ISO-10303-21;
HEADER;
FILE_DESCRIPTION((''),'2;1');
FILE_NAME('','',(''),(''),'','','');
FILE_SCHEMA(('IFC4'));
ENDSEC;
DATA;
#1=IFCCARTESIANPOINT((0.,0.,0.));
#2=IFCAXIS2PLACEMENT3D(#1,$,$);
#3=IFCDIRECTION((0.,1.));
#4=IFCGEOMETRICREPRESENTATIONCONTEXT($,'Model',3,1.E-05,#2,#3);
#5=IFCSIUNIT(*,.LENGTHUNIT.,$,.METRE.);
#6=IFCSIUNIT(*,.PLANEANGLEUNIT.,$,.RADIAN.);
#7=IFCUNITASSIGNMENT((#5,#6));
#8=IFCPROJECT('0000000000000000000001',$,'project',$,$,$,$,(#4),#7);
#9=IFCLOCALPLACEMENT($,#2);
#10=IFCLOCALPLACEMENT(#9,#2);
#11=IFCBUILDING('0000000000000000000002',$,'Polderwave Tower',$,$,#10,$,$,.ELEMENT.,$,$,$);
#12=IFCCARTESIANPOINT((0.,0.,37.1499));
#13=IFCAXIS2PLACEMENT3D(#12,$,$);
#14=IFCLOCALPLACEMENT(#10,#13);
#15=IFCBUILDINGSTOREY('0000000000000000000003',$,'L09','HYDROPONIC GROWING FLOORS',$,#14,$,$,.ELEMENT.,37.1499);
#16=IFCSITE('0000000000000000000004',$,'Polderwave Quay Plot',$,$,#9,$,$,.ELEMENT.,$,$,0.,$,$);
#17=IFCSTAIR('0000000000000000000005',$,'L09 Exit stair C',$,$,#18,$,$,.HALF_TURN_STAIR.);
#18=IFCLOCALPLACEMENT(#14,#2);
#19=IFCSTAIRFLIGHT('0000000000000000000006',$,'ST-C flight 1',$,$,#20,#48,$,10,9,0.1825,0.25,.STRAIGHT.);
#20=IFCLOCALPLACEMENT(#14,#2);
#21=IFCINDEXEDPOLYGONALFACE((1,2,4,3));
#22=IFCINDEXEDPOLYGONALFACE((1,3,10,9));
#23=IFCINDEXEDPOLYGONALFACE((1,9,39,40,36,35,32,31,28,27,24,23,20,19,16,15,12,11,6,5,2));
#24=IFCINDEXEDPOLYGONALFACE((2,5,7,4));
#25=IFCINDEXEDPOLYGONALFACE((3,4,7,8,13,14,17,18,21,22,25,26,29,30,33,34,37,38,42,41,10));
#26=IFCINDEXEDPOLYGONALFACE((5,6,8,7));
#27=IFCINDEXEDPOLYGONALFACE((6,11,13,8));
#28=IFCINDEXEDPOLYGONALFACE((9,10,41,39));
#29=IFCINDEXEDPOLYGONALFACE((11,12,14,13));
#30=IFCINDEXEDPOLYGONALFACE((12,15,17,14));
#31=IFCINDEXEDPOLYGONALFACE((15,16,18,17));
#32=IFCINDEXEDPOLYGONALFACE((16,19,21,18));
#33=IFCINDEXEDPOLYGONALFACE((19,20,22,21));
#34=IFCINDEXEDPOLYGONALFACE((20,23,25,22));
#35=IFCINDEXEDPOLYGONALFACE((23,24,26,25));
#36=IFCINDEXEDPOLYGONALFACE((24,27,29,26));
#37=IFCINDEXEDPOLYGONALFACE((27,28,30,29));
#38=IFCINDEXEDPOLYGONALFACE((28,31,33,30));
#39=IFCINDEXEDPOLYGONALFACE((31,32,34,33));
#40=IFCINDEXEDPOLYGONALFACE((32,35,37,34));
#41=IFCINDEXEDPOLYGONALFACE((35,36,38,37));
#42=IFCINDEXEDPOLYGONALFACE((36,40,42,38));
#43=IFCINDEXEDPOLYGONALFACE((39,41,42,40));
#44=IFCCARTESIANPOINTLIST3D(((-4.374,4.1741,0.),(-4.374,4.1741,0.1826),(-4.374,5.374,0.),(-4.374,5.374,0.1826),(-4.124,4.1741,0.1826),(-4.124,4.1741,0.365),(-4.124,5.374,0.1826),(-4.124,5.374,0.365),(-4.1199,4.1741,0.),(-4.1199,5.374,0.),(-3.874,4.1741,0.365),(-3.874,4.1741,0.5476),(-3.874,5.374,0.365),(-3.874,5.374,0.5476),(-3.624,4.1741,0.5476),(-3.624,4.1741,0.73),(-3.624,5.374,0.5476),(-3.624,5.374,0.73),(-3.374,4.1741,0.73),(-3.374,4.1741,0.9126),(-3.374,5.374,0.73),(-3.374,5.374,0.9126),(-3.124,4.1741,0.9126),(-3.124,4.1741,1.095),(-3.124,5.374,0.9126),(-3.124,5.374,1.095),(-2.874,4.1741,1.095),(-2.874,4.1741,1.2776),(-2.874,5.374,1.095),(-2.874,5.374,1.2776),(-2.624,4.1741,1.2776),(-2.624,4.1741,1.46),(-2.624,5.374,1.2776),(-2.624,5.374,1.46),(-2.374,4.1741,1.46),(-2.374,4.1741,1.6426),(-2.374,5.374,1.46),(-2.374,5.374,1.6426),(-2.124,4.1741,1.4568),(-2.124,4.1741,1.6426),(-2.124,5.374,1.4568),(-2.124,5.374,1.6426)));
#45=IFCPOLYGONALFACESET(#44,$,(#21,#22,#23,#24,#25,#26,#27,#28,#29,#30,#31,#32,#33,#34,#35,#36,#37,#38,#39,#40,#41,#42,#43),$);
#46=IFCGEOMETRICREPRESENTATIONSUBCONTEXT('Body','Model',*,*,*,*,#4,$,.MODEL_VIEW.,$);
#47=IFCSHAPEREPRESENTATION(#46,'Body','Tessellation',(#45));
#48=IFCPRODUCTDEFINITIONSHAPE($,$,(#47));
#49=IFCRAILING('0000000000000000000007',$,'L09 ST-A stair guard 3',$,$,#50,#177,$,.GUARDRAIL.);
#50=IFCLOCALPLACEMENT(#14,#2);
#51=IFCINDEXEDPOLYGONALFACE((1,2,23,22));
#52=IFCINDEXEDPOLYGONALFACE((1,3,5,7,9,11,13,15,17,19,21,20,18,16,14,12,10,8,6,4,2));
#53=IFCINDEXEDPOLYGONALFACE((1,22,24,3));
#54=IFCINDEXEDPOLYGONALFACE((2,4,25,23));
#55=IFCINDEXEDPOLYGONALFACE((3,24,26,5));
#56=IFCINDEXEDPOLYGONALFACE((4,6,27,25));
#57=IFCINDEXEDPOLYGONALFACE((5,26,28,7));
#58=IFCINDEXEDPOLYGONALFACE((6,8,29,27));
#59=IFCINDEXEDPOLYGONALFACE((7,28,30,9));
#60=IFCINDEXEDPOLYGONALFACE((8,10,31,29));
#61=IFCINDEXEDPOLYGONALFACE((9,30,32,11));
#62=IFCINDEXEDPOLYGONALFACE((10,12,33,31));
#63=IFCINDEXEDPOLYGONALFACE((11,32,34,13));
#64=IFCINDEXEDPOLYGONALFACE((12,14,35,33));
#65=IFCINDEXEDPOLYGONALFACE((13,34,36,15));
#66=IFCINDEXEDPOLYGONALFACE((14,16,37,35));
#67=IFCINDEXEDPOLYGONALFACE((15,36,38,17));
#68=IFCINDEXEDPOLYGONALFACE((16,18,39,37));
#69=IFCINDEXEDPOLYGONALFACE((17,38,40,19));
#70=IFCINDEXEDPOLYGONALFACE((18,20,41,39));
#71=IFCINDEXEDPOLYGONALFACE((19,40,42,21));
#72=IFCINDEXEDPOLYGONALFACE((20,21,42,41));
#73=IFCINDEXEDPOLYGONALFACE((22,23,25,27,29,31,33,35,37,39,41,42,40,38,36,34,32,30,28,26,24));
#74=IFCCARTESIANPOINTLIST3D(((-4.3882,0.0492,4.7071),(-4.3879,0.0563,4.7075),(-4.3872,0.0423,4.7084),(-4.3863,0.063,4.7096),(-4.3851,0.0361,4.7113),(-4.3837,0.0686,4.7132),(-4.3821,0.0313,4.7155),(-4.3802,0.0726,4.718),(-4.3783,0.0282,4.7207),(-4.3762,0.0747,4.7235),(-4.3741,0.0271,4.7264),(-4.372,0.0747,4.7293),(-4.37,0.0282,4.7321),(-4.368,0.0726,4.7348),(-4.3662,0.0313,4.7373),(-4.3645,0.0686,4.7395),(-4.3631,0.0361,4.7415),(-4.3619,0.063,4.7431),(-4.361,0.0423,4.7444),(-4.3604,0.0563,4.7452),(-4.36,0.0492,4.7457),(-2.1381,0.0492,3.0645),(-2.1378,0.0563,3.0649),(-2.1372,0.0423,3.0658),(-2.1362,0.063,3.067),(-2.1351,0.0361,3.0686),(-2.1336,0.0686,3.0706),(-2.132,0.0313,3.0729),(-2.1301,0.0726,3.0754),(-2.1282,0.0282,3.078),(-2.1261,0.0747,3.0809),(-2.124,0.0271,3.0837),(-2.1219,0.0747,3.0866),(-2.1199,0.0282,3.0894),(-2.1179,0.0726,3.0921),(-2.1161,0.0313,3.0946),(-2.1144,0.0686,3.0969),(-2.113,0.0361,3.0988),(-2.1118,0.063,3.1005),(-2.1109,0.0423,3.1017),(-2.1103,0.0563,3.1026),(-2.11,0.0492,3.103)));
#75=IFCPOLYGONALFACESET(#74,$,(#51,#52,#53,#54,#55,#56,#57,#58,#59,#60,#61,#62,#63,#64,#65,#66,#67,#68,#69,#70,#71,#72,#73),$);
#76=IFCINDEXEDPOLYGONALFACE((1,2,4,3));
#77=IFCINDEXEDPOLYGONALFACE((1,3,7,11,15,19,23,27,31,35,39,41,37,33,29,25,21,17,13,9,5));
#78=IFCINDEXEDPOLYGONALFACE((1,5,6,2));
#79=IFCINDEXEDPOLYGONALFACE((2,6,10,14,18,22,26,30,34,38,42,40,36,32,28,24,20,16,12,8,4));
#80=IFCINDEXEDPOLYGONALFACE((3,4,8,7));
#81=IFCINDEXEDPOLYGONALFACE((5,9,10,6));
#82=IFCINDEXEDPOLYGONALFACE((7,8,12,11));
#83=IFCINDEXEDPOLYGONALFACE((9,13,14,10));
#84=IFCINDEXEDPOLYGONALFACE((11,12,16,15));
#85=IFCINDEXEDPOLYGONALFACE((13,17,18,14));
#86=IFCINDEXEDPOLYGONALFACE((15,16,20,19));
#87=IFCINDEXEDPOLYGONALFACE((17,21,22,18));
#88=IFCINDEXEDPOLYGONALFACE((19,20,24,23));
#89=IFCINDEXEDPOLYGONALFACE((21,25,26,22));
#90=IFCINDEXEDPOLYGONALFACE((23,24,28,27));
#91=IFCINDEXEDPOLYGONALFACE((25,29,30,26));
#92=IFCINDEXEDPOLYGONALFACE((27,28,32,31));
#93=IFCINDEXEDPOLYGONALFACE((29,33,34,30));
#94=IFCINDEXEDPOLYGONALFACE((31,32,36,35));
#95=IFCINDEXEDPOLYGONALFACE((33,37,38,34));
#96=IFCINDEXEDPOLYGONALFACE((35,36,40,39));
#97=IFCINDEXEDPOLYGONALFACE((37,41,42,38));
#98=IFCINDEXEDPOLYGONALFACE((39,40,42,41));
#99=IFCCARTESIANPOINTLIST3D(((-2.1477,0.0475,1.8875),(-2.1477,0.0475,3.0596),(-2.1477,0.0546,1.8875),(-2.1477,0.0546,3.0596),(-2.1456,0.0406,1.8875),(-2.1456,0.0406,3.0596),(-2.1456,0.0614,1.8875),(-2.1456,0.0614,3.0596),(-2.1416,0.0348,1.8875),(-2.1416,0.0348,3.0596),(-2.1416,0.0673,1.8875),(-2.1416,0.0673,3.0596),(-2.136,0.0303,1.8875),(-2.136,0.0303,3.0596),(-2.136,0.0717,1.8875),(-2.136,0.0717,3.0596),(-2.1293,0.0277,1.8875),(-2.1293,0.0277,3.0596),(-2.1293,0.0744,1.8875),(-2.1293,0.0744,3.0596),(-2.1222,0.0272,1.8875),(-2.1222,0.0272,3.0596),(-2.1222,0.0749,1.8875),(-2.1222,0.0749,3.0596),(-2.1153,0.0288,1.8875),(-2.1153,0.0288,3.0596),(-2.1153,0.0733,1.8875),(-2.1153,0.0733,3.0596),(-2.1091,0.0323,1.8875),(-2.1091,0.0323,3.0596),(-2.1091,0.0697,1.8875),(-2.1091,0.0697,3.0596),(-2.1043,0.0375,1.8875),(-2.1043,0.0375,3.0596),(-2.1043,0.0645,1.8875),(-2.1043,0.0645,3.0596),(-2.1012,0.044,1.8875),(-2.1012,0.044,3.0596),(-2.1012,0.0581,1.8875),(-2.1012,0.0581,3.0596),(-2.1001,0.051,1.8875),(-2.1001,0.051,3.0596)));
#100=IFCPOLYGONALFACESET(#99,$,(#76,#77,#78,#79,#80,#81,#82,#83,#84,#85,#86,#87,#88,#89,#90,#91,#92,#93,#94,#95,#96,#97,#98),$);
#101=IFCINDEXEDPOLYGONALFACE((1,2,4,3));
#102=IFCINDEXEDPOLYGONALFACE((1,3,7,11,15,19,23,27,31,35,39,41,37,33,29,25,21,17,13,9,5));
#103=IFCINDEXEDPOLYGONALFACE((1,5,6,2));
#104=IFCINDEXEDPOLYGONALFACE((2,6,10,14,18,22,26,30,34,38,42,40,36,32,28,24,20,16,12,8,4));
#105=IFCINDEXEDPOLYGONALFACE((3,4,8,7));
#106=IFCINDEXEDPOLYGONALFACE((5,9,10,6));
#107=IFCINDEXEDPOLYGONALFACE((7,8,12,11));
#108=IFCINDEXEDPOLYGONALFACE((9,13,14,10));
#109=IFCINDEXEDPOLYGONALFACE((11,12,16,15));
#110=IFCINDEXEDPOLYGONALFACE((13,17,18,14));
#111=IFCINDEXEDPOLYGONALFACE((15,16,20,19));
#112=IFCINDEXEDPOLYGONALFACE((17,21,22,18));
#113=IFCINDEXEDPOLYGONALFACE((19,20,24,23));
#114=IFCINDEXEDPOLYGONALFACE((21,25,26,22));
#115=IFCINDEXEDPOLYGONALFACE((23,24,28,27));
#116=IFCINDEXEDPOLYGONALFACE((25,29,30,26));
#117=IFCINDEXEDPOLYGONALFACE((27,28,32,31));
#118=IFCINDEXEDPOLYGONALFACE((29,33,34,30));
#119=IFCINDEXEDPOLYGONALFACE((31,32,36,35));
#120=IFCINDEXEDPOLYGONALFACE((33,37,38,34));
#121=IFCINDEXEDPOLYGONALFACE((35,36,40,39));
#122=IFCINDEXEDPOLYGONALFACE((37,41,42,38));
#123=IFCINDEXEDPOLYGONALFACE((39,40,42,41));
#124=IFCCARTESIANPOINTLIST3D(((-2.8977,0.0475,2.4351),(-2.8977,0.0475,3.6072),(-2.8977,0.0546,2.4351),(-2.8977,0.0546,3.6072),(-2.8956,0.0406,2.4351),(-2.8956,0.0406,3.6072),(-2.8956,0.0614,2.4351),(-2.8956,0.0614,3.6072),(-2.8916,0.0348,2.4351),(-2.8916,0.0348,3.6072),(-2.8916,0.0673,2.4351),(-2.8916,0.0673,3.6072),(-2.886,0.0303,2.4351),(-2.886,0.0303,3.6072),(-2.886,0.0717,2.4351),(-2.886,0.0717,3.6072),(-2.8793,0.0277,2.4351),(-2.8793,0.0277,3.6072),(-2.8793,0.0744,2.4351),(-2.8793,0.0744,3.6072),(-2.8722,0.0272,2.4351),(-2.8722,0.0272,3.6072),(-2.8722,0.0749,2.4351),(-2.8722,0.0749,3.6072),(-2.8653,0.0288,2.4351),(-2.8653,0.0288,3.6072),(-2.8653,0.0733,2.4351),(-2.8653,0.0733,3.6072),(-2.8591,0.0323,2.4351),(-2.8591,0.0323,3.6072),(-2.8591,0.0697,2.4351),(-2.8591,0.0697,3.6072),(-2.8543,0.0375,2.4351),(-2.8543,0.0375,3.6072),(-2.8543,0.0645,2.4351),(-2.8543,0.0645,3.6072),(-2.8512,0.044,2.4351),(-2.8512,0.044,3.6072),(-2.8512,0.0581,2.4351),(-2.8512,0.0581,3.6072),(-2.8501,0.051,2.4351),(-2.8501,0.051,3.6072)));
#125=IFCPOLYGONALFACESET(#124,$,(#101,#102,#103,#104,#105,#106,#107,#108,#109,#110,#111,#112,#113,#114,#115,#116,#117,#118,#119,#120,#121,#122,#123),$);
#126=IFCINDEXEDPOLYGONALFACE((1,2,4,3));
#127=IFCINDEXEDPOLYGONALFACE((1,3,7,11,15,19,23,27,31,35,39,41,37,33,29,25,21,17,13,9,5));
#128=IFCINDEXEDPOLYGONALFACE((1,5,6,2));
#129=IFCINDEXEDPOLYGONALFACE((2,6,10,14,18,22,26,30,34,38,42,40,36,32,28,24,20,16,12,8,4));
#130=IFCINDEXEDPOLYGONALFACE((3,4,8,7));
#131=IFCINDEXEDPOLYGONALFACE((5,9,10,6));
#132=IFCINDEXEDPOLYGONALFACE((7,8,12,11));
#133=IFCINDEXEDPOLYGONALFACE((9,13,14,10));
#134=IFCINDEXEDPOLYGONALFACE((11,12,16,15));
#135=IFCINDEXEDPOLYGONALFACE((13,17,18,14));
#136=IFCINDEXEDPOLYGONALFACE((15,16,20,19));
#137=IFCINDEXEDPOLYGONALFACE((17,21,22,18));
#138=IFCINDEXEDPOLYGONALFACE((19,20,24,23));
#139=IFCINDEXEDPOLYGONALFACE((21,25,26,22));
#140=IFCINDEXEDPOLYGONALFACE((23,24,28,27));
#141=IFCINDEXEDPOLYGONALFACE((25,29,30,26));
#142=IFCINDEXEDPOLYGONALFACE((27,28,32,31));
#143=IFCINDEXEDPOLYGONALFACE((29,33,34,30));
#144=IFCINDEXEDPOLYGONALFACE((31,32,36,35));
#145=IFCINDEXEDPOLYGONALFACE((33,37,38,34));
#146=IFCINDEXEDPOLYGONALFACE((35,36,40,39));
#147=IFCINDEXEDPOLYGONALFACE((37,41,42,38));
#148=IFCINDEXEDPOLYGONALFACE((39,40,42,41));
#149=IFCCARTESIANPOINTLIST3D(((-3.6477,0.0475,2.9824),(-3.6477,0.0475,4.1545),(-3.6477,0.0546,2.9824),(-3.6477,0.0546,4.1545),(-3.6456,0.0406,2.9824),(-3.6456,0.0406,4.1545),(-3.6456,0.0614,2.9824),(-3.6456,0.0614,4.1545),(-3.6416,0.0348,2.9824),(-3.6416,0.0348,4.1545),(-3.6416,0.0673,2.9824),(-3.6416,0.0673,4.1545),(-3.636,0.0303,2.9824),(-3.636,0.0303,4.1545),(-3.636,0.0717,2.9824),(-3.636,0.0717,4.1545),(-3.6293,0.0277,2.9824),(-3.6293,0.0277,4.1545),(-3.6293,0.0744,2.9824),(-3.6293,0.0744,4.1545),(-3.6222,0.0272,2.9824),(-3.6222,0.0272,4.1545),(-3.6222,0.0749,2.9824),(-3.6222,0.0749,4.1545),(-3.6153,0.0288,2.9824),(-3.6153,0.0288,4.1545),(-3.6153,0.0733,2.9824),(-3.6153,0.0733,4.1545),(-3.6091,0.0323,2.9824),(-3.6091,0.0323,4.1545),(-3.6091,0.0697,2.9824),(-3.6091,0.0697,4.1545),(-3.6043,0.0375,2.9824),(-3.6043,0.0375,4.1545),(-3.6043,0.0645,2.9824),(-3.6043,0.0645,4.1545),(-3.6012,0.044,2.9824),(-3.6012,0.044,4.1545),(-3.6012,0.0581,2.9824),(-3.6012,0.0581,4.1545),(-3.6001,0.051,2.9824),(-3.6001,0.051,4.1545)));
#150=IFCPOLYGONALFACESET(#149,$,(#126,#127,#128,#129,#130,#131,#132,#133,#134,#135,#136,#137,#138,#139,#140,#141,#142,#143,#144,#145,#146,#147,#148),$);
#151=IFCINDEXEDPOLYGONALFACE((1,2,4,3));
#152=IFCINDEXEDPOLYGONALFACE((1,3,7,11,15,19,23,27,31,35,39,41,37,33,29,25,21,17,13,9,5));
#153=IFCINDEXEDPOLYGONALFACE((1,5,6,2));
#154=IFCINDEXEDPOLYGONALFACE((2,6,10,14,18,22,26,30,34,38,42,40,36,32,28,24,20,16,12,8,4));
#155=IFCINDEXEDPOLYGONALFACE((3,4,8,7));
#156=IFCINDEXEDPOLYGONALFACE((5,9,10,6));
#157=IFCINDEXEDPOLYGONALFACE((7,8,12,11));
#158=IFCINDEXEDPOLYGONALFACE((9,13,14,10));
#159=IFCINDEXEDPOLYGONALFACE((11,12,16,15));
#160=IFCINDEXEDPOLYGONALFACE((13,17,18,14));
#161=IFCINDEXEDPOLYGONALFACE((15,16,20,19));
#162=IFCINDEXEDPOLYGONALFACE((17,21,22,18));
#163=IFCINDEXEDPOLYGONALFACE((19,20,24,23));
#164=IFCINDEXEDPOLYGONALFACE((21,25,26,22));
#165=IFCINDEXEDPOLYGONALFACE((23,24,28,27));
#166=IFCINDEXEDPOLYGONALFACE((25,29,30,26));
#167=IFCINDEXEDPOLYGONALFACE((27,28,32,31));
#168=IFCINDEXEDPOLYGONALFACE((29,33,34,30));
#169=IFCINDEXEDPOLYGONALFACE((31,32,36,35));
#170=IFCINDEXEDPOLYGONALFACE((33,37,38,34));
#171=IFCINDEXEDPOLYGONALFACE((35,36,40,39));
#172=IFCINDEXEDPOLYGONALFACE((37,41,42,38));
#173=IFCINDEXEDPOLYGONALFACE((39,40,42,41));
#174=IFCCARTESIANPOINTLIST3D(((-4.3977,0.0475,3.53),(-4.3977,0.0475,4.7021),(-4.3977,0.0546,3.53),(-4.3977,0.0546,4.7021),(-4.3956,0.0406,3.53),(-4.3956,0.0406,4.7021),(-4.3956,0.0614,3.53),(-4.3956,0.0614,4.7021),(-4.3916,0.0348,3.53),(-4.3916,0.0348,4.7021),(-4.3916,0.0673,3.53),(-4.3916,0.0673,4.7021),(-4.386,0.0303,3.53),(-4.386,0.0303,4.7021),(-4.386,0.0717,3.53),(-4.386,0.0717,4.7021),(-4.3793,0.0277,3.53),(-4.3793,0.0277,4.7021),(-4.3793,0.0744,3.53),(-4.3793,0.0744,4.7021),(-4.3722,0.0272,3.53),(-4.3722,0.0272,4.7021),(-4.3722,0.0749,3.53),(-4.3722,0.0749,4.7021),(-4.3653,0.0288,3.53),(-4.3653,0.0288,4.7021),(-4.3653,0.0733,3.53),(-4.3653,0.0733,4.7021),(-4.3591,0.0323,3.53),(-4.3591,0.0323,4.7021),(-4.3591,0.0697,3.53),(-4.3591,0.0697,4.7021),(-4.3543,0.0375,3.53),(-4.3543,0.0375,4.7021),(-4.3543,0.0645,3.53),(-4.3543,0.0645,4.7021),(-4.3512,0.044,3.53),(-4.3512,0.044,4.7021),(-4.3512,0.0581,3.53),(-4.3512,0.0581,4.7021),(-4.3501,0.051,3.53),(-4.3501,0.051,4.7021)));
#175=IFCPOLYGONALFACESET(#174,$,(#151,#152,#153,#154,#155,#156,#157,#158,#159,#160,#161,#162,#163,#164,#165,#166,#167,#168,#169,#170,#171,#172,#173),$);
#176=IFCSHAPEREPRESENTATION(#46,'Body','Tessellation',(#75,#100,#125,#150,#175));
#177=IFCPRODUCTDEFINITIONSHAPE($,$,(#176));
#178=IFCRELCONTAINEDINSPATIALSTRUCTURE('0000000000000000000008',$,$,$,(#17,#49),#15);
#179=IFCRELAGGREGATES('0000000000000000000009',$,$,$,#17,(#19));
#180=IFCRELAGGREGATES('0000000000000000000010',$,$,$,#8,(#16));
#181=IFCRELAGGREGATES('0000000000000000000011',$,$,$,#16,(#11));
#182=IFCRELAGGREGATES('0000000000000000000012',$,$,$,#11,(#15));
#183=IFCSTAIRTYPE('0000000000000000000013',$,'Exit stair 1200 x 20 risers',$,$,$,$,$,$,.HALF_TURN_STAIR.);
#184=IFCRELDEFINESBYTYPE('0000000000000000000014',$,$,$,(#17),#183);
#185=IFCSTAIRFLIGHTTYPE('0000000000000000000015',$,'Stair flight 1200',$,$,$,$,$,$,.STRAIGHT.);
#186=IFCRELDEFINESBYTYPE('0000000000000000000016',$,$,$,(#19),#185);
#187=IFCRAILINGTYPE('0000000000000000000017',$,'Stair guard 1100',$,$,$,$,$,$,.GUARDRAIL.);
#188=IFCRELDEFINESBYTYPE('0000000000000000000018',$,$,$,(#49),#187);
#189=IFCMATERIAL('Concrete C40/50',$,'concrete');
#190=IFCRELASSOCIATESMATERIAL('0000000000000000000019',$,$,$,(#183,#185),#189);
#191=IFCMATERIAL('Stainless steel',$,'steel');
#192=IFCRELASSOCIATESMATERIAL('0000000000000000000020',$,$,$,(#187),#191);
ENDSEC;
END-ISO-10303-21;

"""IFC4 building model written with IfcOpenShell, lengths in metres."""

from ifc_helpers import new_model, si_unit, direction, frame, origin, origin_2d, place, context, subcontext, project, spatial, polyline, circle, outline, extrude, material, type_object, element, aggregate, save


model = new_model("IFC4")

# Units and contexts
model_context = context("Model", 3, precision=1e-05, world=origin(), true_north=direction((0.0, 1.0)))
body_context = subcontext(model_context, "Body", "Model", "MODEL_VIEW")
ifc_project = project(units=[si_unit("LENGTHUNIT", "METRE"), si_unit("PLANEANGLEUNIT", "RADIAN")], contexts=[model_context])

# Site, building, storey
site_placement = place(None, origin())
site = spatial("IfcSite", under=ifc_project, at=site_placement, Name="Polderwave Quay Plot", CompositionType="ELEMENT", RefElevation=0.0)
building_placement = place(site_placement, origin())
building = spatial("IfcBuilding", under=site, at=building_placement, Name="Polderwave Tower", CompositionType="ELEMENT")
storey_placement = place(building_placement, frame((0.0, 0.0, 37.1499)))
storey = spatial("IfcBuildingStorey", under=building, at=storey_placement, Name="L09", Description="HYDROPONIC GROWING FLOORS", CompositionType="ELEMENT", Elevation=37.1499)

# Shared definitions
ifc_material_1 = material(Name="Concrete C40/50", Category="concrete")

# Stair
stair_type = type_object("IfcStairType", Name="Exit stair 1200 x 20 risers", PredefinedType="HALF_TURN_STAIR", material=ifc_material_1)
stair_1_placement = place(storey_placement, origin())
stair_1 = element("IfcStair", 1, at=stair_1_placement, inside=storey, type_object=stair_type, Name="L09 Exit stair C", PredefinedType="HALF_TURN_STAIR")

# Shared definitions
stair_flight_type = type_object("IfcStairFlightType", Name="Stair flight 1200", PredefinedType="STRAIGHT", material=ifc_material_1)

# Stair flight
stair_flight_1_placement = place(storey_placement, frame((-4.374, 4.7739, 0.0), z_axis=(0.0, 0.0, 1.0), x_axis=(1.0, 0.0, 0.0)))
stair_flight_1 = element("IfcStairFlight", 2, at=stair_flight_1_placement, type_object=stair_flight_type, Name="ST-C flight 1", NumberOfRisers=10, NumberOfTreads=9, PredefinedType="STRAIGHT", RiserHeight=0.1825, TreadLength=0.25, context=body_context, shape_type="SweptSolid", body=[
    extrude(outline(polyline([(0.0, 0.0), (0.0, 0.1826), (0.25, 0.1826), (0.25, 0.365), (0.5, 0.365), (0.5, 0.5476), (0.75, 0.5476), (0.75, 0.73), (1.0, 0.73), (1.0, 0.9126), (1.25, 0.9126), (1.25, 1.095), (1.5, 1.095), (1.5, 1.2776), (1.75, 1.2776), (1.75, 1.46), (2.0, 1.46), (2.0, 1.6426), (2.25, 1.6426), (2.25, 1.825), (2.25, 1.4568), (0.2542, 0.0), (0.0, 0.0)])), frame((0.0, 0.6001, 0.0), z_axis=(0.0, -1.0, 0.0), x_axis=(1.0, 0.0, 0.0)), (0.0, 0.0, 1.0), 1.2),
])
aggregate(stair_1, [stair_flight_1])

# Railing
ifc_material_2 = material(Name="Stainless steel", Category="steel")
railing_type_1 = type_object("IfcRailingType", Name="Stair guard 1100", PredefinedType="GUARDRAIL", material=ifc_material_2)
railing_1_placement = place(storey_placement, frame((-2.124, 0.051, 1.8875)))
element("IfcRailing", 3, at=railing_1_placement, inside=storey, type_object=railing_type_1, Name="L09 ST-A stair guard 3", PredefinedType="GUARDRAIL", context=body_context, shape_type="SweptSolid", body=[
    extrude(circle(Radius=0.0239, at=origin_2d()), frame((0.0, 0.0, 1.1963), z_axis=(-0.807674, 0.0, 0.58963), x_axis=(0.0, -1.0, 0.0)), (0.0, 0.0, 1.0), 2.7859),
    extrude(circle(Radius=0.0239, at=origin_2d()), origin(), (0.0, 0.0, 1.0), 1.1721),
    extrude(circle(Radius=0.0239, at=origin_2d()), frame((-0.75, 0.0, 0.5476)), (0.0, 0.0, 1.0), 1.1721),
    extrude(circle(Radius=0.0239, at=origin_2d()), frame((-1.5, 0.0, 1.095)), (0.0, 0.0, 1.0), 1.1721),
    extrude(circle(Radius=0.0239, at=origin_2d()), frame((-2.25, 0.0, 1.6426)), (0.0, 0.0, 1.0), 1.1721),
])

save(model, "model.ifc")
